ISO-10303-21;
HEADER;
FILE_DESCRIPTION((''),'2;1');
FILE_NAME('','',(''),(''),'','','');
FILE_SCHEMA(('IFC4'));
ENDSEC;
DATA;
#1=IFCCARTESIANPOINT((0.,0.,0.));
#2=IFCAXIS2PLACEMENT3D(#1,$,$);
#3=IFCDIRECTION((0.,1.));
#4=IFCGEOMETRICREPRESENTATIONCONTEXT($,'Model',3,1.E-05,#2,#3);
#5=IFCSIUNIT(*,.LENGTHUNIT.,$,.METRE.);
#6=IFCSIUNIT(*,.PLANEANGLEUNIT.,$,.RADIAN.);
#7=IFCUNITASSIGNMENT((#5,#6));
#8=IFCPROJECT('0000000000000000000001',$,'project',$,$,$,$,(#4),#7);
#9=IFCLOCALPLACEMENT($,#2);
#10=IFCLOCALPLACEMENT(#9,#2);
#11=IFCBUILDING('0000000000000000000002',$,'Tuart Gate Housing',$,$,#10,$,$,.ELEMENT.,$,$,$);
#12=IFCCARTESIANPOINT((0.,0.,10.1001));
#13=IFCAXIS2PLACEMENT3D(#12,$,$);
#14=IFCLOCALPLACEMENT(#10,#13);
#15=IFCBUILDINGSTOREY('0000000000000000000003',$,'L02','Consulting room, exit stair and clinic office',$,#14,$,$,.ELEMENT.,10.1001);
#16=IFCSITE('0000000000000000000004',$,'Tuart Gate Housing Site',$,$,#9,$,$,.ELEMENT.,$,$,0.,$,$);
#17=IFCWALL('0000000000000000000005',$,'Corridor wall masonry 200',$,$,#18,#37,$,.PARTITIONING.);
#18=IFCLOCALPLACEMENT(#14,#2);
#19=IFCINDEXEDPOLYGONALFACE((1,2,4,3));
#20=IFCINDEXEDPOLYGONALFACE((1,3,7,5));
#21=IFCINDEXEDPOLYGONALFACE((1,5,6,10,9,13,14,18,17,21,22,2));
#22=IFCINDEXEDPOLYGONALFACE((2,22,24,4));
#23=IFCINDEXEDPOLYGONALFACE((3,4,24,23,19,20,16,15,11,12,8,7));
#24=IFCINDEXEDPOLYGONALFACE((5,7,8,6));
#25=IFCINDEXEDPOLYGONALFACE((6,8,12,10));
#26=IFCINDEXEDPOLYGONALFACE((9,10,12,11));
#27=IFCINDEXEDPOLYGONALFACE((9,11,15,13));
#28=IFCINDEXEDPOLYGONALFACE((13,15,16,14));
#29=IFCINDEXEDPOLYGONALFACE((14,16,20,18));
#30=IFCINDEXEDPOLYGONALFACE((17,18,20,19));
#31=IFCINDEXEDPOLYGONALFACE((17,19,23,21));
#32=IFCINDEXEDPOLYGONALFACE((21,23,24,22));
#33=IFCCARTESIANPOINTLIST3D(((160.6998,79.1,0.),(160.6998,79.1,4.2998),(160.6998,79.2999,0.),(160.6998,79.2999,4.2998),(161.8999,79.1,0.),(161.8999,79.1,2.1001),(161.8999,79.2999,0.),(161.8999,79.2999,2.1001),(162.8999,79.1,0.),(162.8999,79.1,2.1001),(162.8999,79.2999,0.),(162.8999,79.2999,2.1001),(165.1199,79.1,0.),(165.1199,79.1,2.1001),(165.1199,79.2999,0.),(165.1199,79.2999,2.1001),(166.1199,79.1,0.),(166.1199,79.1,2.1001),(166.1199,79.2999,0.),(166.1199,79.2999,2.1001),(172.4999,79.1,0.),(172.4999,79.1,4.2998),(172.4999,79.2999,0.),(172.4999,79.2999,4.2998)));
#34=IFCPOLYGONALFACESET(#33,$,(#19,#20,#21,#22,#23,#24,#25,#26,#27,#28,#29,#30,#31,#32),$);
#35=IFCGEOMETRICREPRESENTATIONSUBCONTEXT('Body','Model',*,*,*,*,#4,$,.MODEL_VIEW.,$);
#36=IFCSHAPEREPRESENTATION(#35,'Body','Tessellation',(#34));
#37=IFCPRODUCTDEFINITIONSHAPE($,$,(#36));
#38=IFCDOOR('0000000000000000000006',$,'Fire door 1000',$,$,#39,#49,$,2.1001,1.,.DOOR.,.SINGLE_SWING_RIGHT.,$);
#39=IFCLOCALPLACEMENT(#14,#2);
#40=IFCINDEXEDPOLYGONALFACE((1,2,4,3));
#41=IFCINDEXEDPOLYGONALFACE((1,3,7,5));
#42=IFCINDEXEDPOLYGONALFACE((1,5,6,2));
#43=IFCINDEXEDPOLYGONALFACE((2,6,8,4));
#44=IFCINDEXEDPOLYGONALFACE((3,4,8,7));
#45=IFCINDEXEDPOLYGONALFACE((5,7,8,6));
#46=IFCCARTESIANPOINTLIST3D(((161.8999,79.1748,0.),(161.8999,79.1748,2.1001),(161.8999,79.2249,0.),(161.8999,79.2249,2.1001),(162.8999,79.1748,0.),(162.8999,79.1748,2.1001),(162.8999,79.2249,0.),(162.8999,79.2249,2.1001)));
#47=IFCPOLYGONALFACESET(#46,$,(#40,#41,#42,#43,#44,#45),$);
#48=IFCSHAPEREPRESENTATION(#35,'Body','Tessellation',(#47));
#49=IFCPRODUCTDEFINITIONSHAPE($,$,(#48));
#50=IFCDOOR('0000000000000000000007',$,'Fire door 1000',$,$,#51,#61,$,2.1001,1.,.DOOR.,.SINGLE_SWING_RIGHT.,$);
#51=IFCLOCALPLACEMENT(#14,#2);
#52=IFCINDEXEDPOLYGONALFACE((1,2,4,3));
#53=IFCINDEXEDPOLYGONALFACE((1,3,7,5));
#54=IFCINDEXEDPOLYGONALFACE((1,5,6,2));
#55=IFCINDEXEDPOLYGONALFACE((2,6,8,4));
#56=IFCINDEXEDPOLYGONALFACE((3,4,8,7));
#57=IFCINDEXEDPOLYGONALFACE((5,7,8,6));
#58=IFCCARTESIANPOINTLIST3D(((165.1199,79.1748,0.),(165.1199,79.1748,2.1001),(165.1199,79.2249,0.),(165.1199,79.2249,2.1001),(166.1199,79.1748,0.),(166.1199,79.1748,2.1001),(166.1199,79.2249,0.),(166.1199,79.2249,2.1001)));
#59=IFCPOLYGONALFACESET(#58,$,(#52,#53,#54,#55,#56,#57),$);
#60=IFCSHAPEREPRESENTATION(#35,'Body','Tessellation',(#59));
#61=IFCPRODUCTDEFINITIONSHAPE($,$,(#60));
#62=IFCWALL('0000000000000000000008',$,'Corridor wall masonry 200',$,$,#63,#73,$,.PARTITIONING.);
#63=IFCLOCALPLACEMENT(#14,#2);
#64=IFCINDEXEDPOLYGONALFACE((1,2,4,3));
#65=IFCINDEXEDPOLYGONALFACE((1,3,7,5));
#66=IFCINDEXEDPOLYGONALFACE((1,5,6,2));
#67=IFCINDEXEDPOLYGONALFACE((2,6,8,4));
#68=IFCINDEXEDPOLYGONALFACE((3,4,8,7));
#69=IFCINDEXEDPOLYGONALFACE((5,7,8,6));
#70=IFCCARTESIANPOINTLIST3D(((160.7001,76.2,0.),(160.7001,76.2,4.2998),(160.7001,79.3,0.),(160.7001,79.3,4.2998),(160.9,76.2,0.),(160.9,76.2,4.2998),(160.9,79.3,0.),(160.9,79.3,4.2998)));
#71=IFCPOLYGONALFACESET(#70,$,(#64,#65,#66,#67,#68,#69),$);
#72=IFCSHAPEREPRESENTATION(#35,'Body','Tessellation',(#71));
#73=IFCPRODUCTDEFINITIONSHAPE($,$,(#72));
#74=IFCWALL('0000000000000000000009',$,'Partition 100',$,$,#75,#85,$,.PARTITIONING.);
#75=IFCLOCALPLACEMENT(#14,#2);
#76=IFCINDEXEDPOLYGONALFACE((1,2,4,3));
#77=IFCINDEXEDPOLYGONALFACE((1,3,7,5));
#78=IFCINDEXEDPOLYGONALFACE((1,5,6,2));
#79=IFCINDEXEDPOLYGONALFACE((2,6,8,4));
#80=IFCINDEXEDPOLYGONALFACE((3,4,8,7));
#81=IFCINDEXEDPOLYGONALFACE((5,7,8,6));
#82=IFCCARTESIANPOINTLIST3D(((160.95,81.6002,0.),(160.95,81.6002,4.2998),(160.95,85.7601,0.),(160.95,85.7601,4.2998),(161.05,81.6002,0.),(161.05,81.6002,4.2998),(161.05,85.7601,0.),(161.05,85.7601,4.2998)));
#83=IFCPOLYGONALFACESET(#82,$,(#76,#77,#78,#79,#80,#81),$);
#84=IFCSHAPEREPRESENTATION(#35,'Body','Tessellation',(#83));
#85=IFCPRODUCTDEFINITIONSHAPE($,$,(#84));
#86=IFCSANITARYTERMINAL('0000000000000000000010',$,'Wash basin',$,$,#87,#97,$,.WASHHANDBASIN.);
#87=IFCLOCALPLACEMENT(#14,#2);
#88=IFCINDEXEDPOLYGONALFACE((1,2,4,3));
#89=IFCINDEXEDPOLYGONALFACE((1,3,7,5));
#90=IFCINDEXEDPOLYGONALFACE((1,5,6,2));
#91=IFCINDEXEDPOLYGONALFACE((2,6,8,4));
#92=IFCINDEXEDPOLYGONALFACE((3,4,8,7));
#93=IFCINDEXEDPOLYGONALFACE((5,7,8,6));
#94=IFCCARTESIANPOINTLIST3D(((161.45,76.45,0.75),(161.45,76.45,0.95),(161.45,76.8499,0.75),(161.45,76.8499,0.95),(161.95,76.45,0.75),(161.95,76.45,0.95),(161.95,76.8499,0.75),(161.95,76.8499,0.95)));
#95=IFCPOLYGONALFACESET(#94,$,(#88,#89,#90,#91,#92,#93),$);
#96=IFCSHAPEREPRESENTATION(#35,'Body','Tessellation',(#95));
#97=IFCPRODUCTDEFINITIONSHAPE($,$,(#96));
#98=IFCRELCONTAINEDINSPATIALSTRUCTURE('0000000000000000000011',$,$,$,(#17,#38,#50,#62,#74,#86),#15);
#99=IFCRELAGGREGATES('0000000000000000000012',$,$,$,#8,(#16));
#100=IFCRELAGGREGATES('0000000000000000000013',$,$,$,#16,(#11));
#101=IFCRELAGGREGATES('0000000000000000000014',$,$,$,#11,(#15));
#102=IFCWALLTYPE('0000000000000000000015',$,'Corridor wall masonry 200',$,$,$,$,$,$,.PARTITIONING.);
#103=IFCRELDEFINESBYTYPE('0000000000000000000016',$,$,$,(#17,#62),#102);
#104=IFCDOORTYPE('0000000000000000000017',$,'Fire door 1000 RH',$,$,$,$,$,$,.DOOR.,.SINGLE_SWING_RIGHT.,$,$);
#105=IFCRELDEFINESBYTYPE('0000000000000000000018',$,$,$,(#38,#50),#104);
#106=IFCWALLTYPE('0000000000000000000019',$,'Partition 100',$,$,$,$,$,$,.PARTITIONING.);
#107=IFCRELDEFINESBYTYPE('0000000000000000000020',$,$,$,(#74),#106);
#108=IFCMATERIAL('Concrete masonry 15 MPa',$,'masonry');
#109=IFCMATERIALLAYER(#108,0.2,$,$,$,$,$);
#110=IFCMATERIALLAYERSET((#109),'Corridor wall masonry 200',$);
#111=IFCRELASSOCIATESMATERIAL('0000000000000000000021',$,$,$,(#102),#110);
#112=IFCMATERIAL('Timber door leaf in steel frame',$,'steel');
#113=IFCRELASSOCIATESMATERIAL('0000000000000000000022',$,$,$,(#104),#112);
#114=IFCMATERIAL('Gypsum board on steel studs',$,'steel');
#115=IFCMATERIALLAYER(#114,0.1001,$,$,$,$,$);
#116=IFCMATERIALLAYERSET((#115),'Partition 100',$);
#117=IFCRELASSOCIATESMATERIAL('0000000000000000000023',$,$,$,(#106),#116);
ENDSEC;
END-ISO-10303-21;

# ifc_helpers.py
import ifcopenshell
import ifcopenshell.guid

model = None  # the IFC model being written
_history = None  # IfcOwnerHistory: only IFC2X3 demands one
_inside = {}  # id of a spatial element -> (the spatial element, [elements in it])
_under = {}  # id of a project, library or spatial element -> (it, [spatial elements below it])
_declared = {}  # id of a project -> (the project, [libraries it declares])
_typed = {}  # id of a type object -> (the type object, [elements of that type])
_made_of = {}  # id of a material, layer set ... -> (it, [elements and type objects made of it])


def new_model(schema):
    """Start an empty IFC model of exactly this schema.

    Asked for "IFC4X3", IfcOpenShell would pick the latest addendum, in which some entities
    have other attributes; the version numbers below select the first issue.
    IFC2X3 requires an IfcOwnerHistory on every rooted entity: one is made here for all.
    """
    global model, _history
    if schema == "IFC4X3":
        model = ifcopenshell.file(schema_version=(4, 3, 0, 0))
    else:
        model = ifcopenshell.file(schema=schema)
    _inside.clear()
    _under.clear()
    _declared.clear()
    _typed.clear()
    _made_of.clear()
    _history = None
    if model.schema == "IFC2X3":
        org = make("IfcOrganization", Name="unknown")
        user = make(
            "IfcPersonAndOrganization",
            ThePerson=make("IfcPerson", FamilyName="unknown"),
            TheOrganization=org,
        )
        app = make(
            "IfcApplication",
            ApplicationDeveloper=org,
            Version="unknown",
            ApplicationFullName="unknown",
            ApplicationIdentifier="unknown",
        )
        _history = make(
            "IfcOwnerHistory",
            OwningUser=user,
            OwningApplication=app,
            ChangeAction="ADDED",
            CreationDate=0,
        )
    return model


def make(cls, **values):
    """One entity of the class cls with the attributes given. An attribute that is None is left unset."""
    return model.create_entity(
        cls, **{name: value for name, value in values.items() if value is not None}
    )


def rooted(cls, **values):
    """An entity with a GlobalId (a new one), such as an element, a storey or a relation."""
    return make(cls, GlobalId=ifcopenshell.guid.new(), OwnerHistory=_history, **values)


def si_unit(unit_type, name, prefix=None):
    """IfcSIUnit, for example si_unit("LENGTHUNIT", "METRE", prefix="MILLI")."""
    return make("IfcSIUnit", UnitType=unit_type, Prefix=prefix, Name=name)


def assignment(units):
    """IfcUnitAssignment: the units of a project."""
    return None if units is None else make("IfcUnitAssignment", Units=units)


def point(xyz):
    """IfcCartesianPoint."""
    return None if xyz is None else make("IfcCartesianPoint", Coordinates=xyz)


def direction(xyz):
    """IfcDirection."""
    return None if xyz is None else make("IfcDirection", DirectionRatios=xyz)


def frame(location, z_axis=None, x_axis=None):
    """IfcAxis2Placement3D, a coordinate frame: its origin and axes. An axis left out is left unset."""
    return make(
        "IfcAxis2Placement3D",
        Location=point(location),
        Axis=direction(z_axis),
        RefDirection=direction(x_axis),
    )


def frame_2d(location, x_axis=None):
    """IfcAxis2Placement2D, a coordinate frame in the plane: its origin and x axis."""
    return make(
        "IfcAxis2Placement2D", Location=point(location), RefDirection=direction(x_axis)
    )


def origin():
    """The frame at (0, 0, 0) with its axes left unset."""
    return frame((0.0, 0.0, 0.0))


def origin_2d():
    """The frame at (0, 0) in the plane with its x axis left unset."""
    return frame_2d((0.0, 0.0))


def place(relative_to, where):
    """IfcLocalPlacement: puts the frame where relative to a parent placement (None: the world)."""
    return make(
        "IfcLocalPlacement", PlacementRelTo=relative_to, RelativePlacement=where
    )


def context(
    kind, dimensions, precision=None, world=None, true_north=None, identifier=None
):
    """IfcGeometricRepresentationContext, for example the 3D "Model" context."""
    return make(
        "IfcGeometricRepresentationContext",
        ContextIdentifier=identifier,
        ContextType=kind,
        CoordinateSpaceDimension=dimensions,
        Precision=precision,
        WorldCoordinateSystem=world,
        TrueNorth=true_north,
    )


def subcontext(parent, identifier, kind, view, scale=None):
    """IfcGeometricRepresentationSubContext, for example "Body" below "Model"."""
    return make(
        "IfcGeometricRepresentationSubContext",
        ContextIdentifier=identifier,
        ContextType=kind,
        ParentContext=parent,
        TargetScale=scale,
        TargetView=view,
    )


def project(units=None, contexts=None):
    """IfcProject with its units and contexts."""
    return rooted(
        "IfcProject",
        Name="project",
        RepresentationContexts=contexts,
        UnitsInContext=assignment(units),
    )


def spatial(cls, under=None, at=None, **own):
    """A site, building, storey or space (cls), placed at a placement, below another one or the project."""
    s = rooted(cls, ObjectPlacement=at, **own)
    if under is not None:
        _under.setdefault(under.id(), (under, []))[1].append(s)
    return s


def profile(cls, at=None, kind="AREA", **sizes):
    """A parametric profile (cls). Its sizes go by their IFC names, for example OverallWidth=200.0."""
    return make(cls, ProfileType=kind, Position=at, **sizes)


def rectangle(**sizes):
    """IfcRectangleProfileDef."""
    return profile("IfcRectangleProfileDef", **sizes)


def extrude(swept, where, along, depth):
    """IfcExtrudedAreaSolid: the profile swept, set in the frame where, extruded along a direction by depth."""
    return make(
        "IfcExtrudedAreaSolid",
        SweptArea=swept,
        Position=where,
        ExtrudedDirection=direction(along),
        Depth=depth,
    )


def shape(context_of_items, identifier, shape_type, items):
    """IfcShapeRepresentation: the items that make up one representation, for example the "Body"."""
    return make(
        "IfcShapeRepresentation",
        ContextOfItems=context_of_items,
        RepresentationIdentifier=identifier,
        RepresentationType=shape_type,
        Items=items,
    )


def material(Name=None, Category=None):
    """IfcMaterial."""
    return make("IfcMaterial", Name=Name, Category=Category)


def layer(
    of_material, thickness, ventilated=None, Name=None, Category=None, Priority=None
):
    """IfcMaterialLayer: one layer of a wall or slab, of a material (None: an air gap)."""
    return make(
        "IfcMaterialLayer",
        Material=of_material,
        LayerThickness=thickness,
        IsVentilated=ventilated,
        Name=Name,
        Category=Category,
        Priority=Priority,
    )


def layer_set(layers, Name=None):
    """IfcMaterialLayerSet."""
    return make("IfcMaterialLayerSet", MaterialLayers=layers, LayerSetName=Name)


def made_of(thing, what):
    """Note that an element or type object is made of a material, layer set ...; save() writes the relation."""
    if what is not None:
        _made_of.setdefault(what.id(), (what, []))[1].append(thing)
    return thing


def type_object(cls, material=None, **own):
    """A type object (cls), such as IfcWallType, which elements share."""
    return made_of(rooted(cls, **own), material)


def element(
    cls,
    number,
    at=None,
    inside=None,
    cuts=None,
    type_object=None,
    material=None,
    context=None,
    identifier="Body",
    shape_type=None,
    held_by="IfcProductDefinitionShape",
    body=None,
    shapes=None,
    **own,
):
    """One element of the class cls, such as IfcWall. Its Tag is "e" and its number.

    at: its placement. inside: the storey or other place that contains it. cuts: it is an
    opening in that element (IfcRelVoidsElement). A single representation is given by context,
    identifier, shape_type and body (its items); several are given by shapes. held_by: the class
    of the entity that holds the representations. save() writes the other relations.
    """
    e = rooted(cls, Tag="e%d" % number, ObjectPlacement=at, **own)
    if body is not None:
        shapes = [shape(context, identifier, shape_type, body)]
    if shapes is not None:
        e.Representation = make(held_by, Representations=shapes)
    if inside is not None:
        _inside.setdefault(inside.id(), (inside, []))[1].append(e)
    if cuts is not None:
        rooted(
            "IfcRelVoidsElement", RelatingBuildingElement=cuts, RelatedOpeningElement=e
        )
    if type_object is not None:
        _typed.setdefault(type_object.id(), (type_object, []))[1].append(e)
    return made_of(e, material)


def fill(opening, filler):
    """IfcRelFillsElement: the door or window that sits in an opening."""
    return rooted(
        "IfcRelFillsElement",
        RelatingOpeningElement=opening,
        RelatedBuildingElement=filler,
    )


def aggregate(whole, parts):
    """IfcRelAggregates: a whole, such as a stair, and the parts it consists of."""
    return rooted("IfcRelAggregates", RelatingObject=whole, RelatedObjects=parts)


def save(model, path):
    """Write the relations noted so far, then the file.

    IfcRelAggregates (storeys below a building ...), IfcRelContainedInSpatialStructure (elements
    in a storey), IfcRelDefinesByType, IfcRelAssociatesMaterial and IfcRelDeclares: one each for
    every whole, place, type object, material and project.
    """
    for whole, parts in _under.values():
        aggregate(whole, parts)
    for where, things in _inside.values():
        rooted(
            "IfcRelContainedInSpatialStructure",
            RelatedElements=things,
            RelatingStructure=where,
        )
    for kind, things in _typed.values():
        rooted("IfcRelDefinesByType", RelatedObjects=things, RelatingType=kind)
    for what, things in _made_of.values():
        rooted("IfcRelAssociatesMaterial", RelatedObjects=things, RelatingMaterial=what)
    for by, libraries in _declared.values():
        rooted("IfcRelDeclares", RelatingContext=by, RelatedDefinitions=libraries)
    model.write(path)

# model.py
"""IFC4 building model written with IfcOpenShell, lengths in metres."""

from ifc_helpers import new_model, si_unit, direction, frame, frame_2d, origin, origin_2d, place, context, subcontext, project, spatial, rectangle, extrude, material, layer, layer_set, type_object, element, fill, save


model = new_model("IFC4")

# Units and contexts
model_context = context("Model", 3, precision=1e-05, world=origin(), true_north=direction((0.0, 1.0)))
body_context = subcontext(model_context, "Body", "Model", "MODEL_VIEW")
ifc_project = project(units=[si_unit("LENGTHUNIT", "METRE"), si_unit("PLANEANGLEUNIT", "RADIAN")], contexts=[model_context])

# Site, building, storey
site_placement = place(None, origin())
site = spatial("IfcSite", under=ifc_project, at=site_placement, Name="Tuart Gate Housing Site", CompositionType="ELEMENT", RefElevation=0.0)
building_placement = place(site_placement, origin())
building = spatial("IfcBuilding", under=site, at=building_placement, Name="Tuart Gate Housing", CompositionType="ELEMENT")
storey_placement = place(building_placement, frame((0.0, 0.0, 10.1001)))
storey = spatial("IfcBuildingStorey", under=building, at=storey_placement, Name="L02", Description="Consulting room, exit stair and clinic office", CompositionType="ELEMENT", Elevation=10.1001)

# Wall, openings, doors
ifc_material_1 = material(Name="Concrete masonry 15 MPa", Category="masonry")
ifc_layer_1 = layer(ifc_material_1, 0.2)
ifc_layer_set_1 = layer_set([ifc_layer_1], Name="Corridor wall masonry 200")
wall_type_1 = type_object("IfcWallType", Name="Corridor wall masonry 200", PredefinedType="PARTITIONING", material=ifc_layer_set_1)
wall_1_placement = place(storey_placement, frame((160.7, 79.2, 0.0), z_axis=(0.0, 0.0, 1.0), x_axis=(1.0, 0.0, 0.0)))
wall_1 = element("IfcWall", 1, at=wall_1_placement, inside=storey, type_object=wall_type_1, Name="Corridor wall masonry 200", PredefinedType="PARTITIONING", context=body_context, shape_type="SweptSolid", body=[
    extrude(rectangle(XDim=11.8, YDim=0.2, at=frame_2d((5.8999, 0.0))), origin(), (0.0, 0.0, 1.0), 4.2998),
])
opening_1_placement = place(wall_1_placement, frame((1.2, 0.0, 0.0)))
opening_1 = element("IfcOpeningElement", 2, at=opening_1_placement, cuts=wall_1, PredefinedType="OPENING", context=body_context, shape_type="SweptSolid", body=[
    extrude(rectangle(XDim=1.0, YDim=2.1001, at=frame_2d((0.5, 1.05))), frame((0.0, 0.1099, 0.0), z_axis=(0.0, -1.0, 0.0), x_axis=(1.0, 0.0, 0.0)), (0.0, 0.0, 1.0), 0.22),
])
opening_2_placement = place(wall_1_placement, frame((4.4199, 0.0, 0.0)))
opening_2 = element("IfcOpeningElement", 3, at=opening_2_placement, cuts=wall_1, PredefinedType="OPENING", context=body_context, shape_type="SweptSolid", body=[
    extrude(rectangle(XDim=1.0, YDim=2.1001, at=frame_2d((0.5, 1.05))), frame((0.0, 0.1099, 0.0), z_axis=(0.0, -1.0, 0.0), x_axis=(1.0, 0.0, 0.0)), (0.0, 0.0, 1.0), 0.22),
])
ifc_material_2 = material(Name="Timber door leaf in steel frame", Category="steel")
door_type_1 = type_object("IfcDoorType", Name="Fire door 1000 RH", OperationType="SINGLE_SWING_RIGHT", PredefinedType="DOOR", material=ifc_material_2)
door_1_placement = place(opening_1_placement, frame((1.0, 0.0, 0.0), z_axis=(0.0, 0.0, 1.0), x_axis=(-1.0, 0.0, 0.0)))
door_1 = element("IfcDoor", 4, at=door_1_placement, inside=storey, type_object=door_type_1, Name="Fire door 1000", OperationType="SINGLE_SWING_RIGHT", OverallHeight=2.1001, OverallWidth=1.0, PredefinedType="DOOR", context=body_context, shape_type="SweptSolid", body=[
    extrude(rectangle(XDim=1.0, YDim=2.1001, at=frame_2d((0.5, 1.05))), frame((0.0, 0.0251, 0.0), z_axis=(0.0, -1.0, 0.0), x_axis=(1.0, 0.0, 0.0)), (0.0, 0.0, 1.0), 0.05),
])
fill(opening_1, door_1)
door_2_placement = place(opening_2_placement, frame((1.0, 0.0, 0.0), z_axis=(0.0, 0.0, 1.0), x_axis=(-1.0, 0.0, 0.0)))
door_2 = element("IfcDoor", 5, at=door_2_placement, inside=storey, type_object=door_type_1, Name="Fire door 1000", OperationType="SINGLE_SWING_RIGHT", OverallHeight=2.1001, OverallWidth=1.0, PredefinedType="DOOR", context=body_context, shape_type="SweptSolid", body=[
    extrude(rectangle(XDim=1.0, YDim=2.1001, at=frame_2d((0.5, 1.05))), frame((0.0, 0.0251, 0.0), z_axis=(0.0, -1.0, 0.0), x_axis=(1.0, 0.0, 0.0)), (0.0, 0.0, 1.0), 0.05),
])
fill(opening_2, door_2)

# Walls
wall_2_placement = place(storey_placement, frame((160.8, 76.2, 0.0), z_axis=(0.0, 0.0, 1.0), x_axis=(0.0, 1.0, 0.0)))
element("IfcWall", 6, at=wall_2_placement, inside=storey, type_object=wall_type_1, Name="Corridor wall masonry 200", PredefinedType="PARTITIONING", context=body_context, shape_type="SweptSolid", body=[
    extrude(rectangle(XDim=3.1001, YDim=0.2, at=frame_2d((1.55, 0.0))), origin(), (0.0, 0.0, 1.0), 4.2998),
])
ifc_material_3 = material(Name="Gypsum board on steel studs", Category="steel")
ifc_layer_2 = layer(ifc_material_3, 0.1001)
ifc_layer_set_2 = layer_set([ifc_layer_2], Name="Partition 100")
wall_type_2 = type_object("IfcWallType", Name="Partition 100", PredefinedType="PARTITIONING", material=ifc_layer_set_2)
wall_3_placement = place(storey_placement, frame((161.0, 81.6001, 0.0), z_axis=(0.0, 0.0, 1.0), x_axis=(0.0, 1.0, 0.0)))
element("IfcWall", 7, at=wall_3_placement, inside=storey, type_object=wall_type_2, Name="Partition 100", PredefinedType="PARTITIONING", context=body_context, shape_type="SweptSolid", body=[
    extrude(rectangle(XDim=4.1599, YDim=0.1001, at=frame_2d((2.0801, 0.0))), origin(), (0.0, 0.0, 1.0), 4.2998),
])

# Sanitary terminal
sanitary_terminal_placement = place(storey_placement, frame((161.7, 76.6499, 0.75), z_axis=(0.0, 0.0, 1.0), x_axis=(1.0, 0.0, 0.0)))
element("IfcSanitaryTerminal", 8, at=sanitary_terminal_placement, inside=storey, Name="Wash basin", PredefinedType="WASHHANDBASIN", context=body_context, shape_type="SweptSolid", body=[
    extrude(rectangle(XDim=0.5, YDim=0.3999, at=origin_2d()), origin(), (0.0, 0.0, 1.0), 0.2),
])

save(model, "model.ifc")
